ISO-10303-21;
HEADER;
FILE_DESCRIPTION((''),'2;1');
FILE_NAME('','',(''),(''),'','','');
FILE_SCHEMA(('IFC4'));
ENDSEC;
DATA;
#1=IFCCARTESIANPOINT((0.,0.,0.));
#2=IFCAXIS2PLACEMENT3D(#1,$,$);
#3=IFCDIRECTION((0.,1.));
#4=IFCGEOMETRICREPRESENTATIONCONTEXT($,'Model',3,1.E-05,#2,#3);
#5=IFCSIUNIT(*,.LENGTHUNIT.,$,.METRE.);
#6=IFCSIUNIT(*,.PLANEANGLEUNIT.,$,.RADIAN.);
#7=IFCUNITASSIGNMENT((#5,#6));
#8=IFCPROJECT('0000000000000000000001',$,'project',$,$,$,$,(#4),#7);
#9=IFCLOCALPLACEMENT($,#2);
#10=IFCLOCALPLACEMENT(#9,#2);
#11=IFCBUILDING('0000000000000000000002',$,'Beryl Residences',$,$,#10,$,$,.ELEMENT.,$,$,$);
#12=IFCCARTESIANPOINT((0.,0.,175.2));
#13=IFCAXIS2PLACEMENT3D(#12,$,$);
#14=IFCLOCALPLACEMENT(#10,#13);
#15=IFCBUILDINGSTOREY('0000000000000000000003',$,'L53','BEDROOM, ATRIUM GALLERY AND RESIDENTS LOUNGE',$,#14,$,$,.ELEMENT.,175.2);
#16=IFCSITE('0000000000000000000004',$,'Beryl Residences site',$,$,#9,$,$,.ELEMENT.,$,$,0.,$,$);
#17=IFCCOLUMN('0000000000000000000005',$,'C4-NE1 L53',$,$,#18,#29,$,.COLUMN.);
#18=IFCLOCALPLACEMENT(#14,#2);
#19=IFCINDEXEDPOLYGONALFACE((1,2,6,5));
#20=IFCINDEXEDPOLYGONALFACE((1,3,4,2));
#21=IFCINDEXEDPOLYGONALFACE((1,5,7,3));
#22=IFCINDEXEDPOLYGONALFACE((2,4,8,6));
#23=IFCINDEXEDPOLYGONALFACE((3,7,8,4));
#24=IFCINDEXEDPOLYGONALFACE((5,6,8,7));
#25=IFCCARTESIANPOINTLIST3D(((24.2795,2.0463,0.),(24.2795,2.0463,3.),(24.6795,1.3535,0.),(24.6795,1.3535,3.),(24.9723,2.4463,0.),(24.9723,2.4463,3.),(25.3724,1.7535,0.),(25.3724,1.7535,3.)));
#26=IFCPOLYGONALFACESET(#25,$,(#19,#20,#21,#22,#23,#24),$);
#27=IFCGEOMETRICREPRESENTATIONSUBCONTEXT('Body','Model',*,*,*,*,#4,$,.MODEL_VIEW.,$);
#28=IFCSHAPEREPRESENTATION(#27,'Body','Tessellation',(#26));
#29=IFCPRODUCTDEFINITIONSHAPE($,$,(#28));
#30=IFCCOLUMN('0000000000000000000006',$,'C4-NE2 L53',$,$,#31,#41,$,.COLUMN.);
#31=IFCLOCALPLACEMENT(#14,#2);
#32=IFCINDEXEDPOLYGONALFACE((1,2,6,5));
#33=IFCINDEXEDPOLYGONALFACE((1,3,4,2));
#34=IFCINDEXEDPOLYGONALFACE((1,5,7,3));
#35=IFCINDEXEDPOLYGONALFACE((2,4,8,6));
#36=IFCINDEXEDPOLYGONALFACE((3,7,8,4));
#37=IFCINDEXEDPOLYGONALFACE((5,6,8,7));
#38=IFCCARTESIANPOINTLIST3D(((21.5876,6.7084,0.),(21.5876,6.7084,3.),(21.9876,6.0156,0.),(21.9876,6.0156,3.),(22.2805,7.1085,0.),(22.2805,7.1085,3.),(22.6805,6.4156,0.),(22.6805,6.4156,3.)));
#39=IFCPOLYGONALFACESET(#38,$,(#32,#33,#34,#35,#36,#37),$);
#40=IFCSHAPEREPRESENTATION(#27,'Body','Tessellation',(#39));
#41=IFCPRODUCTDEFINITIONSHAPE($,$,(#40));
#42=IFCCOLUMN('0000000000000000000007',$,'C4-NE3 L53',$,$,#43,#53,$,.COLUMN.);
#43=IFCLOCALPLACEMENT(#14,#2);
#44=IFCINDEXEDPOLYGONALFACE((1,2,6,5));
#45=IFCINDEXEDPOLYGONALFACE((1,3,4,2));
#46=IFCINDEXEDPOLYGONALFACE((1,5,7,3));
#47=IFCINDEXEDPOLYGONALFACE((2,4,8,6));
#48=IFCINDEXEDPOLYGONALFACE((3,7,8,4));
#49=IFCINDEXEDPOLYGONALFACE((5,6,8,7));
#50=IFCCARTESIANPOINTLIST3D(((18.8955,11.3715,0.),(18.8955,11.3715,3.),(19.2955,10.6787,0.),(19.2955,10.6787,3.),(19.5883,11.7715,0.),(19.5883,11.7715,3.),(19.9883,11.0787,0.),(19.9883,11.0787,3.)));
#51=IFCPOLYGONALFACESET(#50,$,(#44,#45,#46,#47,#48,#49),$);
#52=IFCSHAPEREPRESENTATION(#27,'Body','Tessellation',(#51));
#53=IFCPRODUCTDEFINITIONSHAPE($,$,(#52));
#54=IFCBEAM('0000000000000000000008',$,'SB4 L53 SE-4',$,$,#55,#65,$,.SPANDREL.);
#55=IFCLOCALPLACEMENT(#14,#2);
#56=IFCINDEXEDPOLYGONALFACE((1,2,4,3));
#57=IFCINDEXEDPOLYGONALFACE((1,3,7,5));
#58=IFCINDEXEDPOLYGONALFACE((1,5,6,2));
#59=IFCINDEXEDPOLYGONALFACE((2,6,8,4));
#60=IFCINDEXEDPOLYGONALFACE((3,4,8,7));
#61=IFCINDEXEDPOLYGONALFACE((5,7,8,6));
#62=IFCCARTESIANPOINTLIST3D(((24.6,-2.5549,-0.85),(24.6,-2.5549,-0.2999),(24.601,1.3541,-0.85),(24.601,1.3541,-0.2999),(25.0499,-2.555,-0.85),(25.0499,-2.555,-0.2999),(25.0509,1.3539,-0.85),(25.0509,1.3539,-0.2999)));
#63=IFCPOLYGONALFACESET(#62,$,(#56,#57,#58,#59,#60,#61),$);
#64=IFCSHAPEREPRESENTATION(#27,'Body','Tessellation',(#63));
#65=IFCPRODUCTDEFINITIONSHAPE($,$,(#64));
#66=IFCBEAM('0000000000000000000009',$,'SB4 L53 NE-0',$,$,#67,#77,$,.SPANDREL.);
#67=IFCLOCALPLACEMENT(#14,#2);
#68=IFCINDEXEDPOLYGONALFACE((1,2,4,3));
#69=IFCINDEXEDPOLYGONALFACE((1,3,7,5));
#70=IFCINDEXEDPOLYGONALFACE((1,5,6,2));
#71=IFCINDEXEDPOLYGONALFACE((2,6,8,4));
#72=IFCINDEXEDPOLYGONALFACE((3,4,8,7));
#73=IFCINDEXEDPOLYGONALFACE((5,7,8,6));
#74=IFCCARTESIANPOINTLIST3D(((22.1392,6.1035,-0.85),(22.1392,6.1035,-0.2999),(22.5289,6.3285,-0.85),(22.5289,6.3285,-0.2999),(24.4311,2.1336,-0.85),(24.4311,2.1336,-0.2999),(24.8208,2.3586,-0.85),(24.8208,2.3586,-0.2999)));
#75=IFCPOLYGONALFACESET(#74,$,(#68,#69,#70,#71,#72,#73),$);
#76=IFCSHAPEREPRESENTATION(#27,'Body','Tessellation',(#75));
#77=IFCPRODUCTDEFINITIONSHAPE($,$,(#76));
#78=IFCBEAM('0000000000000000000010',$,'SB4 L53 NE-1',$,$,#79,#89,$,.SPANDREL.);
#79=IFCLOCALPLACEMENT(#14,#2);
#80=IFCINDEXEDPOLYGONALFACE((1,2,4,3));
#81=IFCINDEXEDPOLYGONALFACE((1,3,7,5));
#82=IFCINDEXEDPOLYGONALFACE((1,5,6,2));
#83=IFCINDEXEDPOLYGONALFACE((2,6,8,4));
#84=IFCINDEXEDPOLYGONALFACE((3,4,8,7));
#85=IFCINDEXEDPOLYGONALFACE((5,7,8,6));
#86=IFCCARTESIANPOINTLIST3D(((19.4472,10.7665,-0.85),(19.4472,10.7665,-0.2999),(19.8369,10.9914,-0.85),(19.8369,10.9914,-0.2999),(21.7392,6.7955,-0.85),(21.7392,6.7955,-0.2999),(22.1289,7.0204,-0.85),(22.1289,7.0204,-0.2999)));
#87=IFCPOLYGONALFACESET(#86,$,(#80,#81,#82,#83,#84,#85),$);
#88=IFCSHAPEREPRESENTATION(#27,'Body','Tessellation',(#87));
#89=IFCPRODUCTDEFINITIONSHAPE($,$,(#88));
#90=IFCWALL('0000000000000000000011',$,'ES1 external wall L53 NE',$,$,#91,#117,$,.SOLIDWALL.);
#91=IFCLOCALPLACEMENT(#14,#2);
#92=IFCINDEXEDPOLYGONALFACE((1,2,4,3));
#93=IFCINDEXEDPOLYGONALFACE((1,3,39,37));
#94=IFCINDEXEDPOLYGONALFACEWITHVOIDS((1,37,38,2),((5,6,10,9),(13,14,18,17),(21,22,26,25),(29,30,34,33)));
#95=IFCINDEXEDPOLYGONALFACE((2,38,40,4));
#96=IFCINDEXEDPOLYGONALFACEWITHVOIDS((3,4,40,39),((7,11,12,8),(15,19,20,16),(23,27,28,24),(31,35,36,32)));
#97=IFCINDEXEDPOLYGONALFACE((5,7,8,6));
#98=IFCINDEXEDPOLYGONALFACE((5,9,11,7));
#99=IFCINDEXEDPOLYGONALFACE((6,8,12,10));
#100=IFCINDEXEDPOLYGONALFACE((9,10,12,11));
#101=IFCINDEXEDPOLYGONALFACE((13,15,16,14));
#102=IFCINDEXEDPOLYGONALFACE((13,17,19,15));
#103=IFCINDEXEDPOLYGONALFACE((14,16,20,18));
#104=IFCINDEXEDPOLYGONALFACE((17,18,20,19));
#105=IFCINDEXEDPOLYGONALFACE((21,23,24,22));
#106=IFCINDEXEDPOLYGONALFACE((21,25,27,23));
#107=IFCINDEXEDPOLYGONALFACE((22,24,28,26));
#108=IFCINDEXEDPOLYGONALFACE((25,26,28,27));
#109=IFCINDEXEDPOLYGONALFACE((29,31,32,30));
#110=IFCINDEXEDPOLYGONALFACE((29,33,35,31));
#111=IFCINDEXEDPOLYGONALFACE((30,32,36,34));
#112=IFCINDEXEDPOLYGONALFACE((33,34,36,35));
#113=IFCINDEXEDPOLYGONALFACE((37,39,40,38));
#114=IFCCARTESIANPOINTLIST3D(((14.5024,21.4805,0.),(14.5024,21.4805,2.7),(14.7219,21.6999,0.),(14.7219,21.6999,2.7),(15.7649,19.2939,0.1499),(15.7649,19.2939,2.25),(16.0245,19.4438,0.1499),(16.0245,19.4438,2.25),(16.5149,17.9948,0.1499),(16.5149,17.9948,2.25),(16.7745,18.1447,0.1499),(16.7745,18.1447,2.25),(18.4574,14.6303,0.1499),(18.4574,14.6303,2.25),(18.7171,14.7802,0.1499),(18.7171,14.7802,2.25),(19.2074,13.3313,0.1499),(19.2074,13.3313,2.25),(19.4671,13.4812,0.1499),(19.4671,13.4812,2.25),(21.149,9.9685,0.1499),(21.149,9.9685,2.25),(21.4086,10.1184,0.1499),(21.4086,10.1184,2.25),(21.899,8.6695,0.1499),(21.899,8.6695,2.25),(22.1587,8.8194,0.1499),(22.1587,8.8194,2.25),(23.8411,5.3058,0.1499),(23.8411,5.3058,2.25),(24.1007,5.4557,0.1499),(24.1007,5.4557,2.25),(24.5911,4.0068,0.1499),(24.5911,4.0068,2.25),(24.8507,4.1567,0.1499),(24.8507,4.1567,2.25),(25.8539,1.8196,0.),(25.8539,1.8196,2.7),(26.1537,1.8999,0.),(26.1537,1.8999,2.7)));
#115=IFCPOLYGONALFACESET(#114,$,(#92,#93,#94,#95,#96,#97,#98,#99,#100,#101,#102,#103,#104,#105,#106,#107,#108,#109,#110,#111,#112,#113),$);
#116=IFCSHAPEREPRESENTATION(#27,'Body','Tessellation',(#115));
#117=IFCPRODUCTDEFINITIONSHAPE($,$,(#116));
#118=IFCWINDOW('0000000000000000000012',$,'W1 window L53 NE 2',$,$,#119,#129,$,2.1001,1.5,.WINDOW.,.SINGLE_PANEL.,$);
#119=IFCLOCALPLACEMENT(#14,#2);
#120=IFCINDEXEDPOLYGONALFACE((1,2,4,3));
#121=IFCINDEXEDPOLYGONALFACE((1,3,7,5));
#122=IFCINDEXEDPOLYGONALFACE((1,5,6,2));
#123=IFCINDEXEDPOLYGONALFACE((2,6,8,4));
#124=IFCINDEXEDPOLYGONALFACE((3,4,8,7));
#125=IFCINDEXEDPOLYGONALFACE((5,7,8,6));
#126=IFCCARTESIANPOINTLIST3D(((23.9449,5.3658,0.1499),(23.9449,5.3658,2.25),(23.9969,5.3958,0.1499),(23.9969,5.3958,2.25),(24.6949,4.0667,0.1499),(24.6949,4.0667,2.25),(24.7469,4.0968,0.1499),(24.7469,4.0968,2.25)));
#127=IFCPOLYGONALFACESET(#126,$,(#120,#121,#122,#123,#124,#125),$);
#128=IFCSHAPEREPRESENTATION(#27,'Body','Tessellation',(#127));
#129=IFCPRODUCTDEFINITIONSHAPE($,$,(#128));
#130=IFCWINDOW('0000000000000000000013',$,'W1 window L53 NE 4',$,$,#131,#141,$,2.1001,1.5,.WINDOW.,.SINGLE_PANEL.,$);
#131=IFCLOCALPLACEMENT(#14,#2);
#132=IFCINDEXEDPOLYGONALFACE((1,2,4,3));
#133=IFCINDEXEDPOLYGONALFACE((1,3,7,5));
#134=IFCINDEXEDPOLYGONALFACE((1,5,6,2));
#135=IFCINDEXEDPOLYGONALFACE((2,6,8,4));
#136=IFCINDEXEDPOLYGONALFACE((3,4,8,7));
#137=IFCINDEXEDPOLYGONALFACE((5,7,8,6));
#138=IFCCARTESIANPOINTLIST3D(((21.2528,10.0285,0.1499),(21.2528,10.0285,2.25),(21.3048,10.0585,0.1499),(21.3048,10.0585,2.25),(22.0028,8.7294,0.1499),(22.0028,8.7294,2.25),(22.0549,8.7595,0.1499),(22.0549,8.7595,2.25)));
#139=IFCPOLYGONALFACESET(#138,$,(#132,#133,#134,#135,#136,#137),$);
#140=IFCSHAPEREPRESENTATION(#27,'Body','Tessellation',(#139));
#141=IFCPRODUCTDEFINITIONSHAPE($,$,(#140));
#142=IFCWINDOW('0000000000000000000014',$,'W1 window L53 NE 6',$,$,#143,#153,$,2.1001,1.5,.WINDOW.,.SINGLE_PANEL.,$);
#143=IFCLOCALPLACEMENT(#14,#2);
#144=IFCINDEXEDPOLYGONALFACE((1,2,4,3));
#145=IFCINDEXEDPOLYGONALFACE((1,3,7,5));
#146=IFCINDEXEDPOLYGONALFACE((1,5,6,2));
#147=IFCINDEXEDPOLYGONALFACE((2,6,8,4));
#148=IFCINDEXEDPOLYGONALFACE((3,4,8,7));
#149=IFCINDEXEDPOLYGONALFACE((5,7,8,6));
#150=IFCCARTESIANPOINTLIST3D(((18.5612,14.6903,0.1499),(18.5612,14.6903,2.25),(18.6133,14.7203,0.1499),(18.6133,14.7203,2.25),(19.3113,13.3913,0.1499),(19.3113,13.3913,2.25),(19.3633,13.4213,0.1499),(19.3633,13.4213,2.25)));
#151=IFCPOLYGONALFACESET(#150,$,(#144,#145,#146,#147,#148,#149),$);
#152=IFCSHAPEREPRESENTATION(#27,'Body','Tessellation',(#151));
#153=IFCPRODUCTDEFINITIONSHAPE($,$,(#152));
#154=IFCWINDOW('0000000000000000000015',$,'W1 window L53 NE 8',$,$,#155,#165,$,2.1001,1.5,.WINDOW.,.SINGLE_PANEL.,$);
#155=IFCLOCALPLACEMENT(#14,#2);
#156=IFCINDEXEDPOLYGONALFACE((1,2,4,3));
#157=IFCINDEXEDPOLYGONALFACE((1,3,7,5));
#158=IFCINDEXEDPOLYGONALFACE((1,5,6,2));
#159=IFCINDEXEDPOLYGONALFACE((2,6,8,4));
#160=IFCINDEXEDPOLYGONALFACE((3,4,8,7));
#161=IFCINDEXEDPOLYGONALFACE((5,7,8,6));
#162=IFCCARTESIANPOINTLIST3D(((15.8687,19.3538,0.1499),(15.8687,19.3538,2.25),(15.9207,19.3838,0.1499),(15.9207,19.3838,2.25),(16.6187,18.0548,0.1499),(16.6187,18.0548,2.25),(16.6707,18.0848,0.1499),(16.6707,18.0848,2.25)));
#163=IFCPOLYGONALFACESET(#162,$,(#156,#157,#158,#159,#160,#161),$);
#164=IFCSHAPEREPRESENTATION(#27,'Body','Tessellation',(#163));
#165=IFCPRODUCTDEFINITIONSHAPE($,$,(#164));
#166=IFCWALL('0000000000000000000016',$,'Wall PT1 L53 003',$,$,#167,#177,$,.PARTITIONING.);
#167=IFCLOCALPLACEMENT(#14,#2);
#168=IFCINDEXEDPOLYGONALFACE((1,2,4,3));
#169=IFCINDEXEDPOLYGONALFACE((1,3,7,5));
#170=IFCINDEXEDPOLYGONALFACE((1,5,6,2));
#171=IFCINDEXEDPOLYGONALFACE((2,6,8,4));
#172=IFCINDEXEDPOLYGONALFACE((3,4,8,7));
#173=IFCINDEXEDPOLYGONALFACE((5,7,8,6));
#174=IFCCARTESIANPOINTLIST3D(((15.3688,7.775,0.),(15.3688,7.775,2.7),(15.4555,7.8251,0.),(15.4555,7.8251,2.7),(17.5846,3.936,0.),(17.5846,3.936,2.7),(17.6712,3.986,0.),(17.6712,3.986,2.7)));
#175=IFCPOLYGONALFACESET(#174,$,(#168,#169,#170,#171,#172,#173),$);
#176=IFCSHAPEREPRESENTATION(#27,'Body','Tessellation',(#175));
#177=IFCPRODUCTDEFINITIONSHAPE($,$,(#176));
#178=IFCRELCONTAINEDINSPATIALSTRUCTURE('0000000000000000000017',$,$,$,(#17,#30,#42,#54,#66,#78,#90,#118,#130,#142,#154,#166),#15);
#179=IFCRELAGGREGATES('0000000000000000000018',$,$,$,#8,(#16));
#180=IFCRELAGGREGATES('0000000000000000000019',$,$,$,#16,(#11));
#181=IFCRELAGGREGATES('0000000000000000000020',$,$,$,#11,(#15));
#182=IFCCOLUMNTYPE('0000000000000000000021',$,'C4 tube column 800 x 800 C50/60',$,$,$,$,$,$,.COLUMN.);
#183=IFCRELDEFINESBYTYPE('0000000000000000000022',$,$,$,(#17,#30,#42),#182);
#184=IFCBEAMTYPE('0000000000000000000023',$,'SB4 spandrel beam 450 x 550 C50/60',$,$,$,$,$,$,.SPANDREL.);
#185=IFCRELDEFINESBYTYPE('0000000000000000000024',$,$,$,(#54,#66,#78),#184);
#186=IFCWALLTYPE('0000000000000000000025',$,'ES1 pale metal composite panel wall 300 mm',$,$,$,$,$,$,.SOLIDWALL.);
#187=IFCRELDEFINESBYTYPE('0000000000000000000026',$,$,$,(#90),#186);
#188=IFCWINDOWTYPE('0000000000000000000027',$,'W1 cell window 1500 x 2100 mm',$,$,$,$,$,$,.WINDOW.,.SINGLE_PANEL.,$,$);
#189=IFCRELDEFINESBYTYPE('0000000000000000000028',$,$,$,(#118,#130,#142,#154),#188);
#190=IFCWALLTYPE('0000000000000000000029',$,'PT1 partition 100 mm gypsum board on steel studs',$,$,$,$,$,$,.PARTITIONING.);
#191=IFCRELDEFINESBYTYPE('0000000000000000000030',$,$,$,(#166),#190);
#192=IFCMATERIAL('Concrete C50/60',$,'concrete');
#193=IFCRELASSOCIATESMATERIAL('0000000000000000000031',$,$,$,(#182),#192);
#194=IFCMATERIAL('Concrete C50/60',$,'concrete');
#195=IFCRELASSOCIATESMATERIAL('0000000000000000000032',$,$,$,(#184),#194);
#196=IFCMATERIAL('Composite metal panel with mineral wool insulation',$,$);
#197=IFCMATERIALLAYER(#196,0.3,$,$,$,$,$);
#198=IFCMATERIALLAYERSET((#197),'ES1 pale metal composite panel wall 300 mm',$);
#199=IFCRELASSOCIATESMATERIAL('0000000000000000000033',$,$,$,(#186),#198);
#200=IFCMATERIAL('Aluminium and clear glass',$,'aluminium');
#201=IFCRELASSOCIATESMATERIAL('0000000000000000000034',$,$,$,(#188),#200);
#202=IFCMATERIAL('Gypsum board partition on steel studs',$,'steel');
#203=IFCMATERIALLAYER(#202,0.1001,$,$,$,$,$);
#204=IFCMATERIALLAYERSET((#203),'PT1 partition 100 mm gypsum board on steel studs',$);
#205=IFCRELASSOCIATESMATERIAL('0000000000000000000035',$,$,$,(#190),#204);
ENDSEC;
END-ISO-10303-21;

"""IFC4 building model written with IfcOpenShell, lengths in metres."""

from ifc_helpers import new_model, si_unit, direction, frame, frame_2d, origin, origin_2d, place, context, subcontext, project, spatial, polyline, rectangle, outline, extrude, material, layer, layer_set, material_profile, profile_set, type_object, element, fill, save


model = new_model("IFC4")

# Units and contexts
model_context = context("Model", 3, precision=1e-05, world=origin(), true_north=direction((0.0, 1.0)))
body_context = subcontext(model_context, "Body", "Model", "MODEL_VIEW")
ifc_project = project(units=[si_unit("LENGTHUNIT", "METRE"), si_unit("PLANEANGLEUNIT", "RADIAN")], contexts=[model_context])

# Site, building, storey
site_placement = place(None, origin())
site = spatial("IfcSite", under=ifc_project, at=site_placement, Name="Beryl Residences site", CompositionType="ELEMENT", RefElevation=0.0)
building_placement = place(site_placement, origin())
building = spatial("IfcBuilding", under=site, at=building_placement, Name="Beryl Residences", CompositionType="ELEMENT")
storey_placement = place(building_placement, frame((0.0, 0.0, 175.2)))
storey = spatial("IfcBuildingStorey", under=building, at=storey_placement, Name="L53", Description="BEDROOM, ATRIUM GALLERY AND RESIDENTS LOUNGE", CompositionType="ELEMENT", Elevation=175.2)

# Columns
ifc_material_1 = material(Name="Concrete C50/60", Category="concrete")
ifc_material_profile_1 = material_profile(ifc_material_1, rectangle(XDim=0.8, YDim=0.8, at=origin_2d()))
ifc_profile_set_1 = profile_set([ifc_material_profile_1], Name="Concrete C50/60")
column_type = type_object("IfcColumnType", Name="C4 tube column 800 x 800 C50/60", PredefinedType="COLUMN", material=ifc_profile_set_1)
for number, where, z_axis, x_axis, name in (
    (1, (24.8259, 1.8999, 0.0), (0.0, 0.0, 1.0), (-0.5, 0.866025, 0.0), "C4-NE1 L53"),
    (2, (22.134, 6.562, 0.0), (0.0, 0.0, 1.0), (-0.5, 0.866025, 0.0), "C4-NE2 L53"),
    (3, (19.4419, 11.2251, 0.0), (0.0, 0.0, 1.0), (-0.5, 0.866025, 0.0), "C4-NE3 L53"),
):
    element("IfcColumn", number, at=place(storey_placement, frame(where, z_axis=z_axis, x_axis=x_axis)), inside=storey, type_object=column_type, Name=name, PredefinedType="COLUMN", context=body_context, shape_type="SweptSolid", body=[
        extrude(rectangle(XDim=0.8, YDim=0.8, at=origin_2d()), origin(), (0.0, 0.0, 1.0), 3.0),
    ])

# Beams
ifc_material_2 = material(Name="Concrete C50/60", Category="concrete")
ifc_material_profile_2 = material_profile(ifc_material_2, rectangle(XDim=0.45, YDim=0.55, at=origin_2d()))
ifc_profile_set_2 = profile_set([ifc_material_profile_2], Name="Concrete C50/60")
beam_type = type_object("IfcBeamType", Name="SB4 spandrel beam 450 x 550 C50/60", PredefinedType="SPANDREL", material=ifc_profile_set_2)
beam_1_placement = place(storey_placement, frame((24.825, -2.5549, -0.575), z_axis=(0.00025, 1.0, 0.0), x_axis=(-1.0, 0.00025, 0.0)))
element("IfcBeam", 4, at=beam_1_placement, inside=storey, type_object=beam_type, Name="SB4 L53 SE-4", PredefinedType="SPANDREL", context=body_context, shape_type="SweptSolid", body=[
    extrude(rectangle(XDim=0.45, YDim=0.55, at=origin_2d()), origin(), (0.0, 0.0, 1.0), 3.9089),
])
beam_2_placement = place(storey_placement, frame((24.626, 2.2461, -0.575), z_axis=(-0.499988, 0.866032, 0.0), x_axis=(-0.866032, -0.499988, 0.0)))
element("IfcBeam", 5, at=beam_2_placement, inside=storey, type_object=beam_type, Name="SB4 L53 NE-0", PredefinedType="SPANDREL", context=body_context, shape_type="SweptSolid", body=[
    extrude(rectangle(XDim=0.45, YDim=0.55, at=origin_2d()), origin(), (0.0, 0.0, 1.0), 4.584),
])
beam_3_placement = place(storey_placement, frame((21.9341, 6.908, -0.575), z_axis=(-0.499896, 0.866085, 0.0), x_axis=(-0.866085, -0.499896, 0.0)))
element("IfcBeam", 6, at=beam_3_placement, inside=storey, type_object=beam_type, Name="SB4 L53 NE-1", PredefinedType="SPANDREL", context=body_context, shape_type="SweptSolid", body=[
    extrude(rectangle(XDim=0.45, YDim=0.55, at=origin_2d()), origin(), (0.0, 0.0, 1.0), 4.585),
])

# Wall, openings, windows
ifc_material_3 = material(Name="Composite metal panel with mineral wool insulation")
ifc_layer_1 = layer(ifc_material_3, 0.3)
ifc_layer_set_1 = layer_set([ifc_layer_1], Name="ES1 pale metal composite panel wall 300 mm")
wall_type_1 = type_object("IfcWallType", Name="ES1 pale metal composite panel wall 300 mm", PredefinedType="SOLIDWALL", material=ifc_layer_set_1)
wall_1_placement = place(storey_placement, frame((26.0239, 1.825, 0.0), z_axis=(0.0, 0.0, 1.0), x_axis=(-0.500011, 0.866019, 0.0)))
wall_1 = element("IfcWall", 7, at=wall_1_placement, inside=storey, type_object=wall_type_1, Name="ES1 external wall L53 NE", PredefinedType="SOLIDWALL", context=body_context, shape_type="SweptSolid", body=[
    extrude(outline(polyline([(0.0, -0.1499), (22.8633, -0.1499), (22.783, 0.1499), (0.0803, 0.1499), (0.0, -0.1499)])), origin(), (0.0, 0.0, 1.0), 2.7),
])
opening_1_placement = place(wall_1_placement, frame((2.606, 0.0, 0.1499)))
opening_1 = element("IfcOpeningElement", 8, at=opening_1_placement, cuts=wall_1, PredefinedType="OPENING", context=body_context, shape_type="SweptSolid", body=[
    extrude(rectangle(XDim=1.5, YDim=2.1001, at=frame_2d((0.75, 1.05))), frame((0.0, 0.1599, 0.0), z_axis=(0.0, -1.0, 0.0), x_axis=(1.0, 0.0, 0.0)), (0.0, 0.0, 1.0), 0.3201),
])
opening_2_placement = place(wall_1_placement, frame((7.99, 0.0, 0.1499)))
opening_2 = element("IfcOpeningElement", 9, at=opening_2_placement, cuts=wall_1, PredefinedType="OPENING", context=body_context, shape_type="SweptSolid", body=[
    extrude(rectangle(XDim=1.5, YDim=2.1001, at=frame_2d((0.75, 1.05))), frame((0.0, 0.1599, 0.0), z_axis=(0.0, -1.0, 0.0), x_axis=(1.0, 0.0, 0.0)), (0.0, 0.0, 1.0), 0.3201),
])
opening_3_placement = place(wall_1_placement, frame((13.373, 0.0, 0.1499)))
opening_3 = element("IfcOpeningElement", 10, at=opening_3_placement, cuts=wall_1, PredefinedType="OPENING", context=body_context, shape_type="SweptSolid", body=[
    extrude(rectangle(XDim=1.5, YDim=2.1001, at=frame_2d((0.75, 1.05))), frame((0.0, 0.1599, 0.0), z_axis=(0.0, -1.0, 0.0), x_axis=(1.0, 0.0, 0.0)), (0.0, 0.0, 1.0), 0.3201),
])
opening_4_placement = place(wall_1_placement, frame((18.7581, 0.0, 0.1499)))
opening_4 = element("IfcOpeningElement", 11, at=opening_4_placement, cuts=wall_1, PredefinedType="OPENING", context=body_context, shape_type="SweptSolid", body=[
    extrude(rectangle(XDim=1.5, YDim=2.1001, at=frame_2d((0.75, 1.05))), frame((0.0, 0.1599, 0.0), z_axis=(0.0, -1.0, 0.0), x_axis=(1.0, 0.0, 0.0)), (0.0, 0.0, 1.0), 0.3201),
])
ifc_material_4 = material(Name="Aluminium and clear glass", Category="aluminium")
window_type = type_object("IfcWindowType", Name="W1 cell window 1500 x 2100 mm", PartitioningType="SINGLE_PANEL", PredefinedType="WINDOW", material=ifc_material_4)
window_1_placement = place(opening_1_placement, origin())
window_1 = element("IfcWindow", 12, at=window_1_placement, inside=storey, type_object=window_type, Name="W1 window L53 NE 2", OverallHeight=2.1001, OverallWidth=1.5, PartitioningType="SINGLE_PANEL", PredefinedType="WINDOW", context=body_context, shape_type="SweptSolid", body=[
    extrude(rectangle(XDim=1.5, YDim=2.1001, at=frame_2d((0.75, 1.05))), frame((0.0, 0.03, 0.0), z_axis=(0.0, -1.0, 0.0), x_axis=(1.0, 0.0, 0.0)), (0.0, 0.0, 1.0), 0.0601),
])
fill(opening_1, window_1)
window_2_placement = place(opening_2_placement, origin())
window_2 = element("IfcWindow", 13, at=window_2_placement, inside=storey, type_object=window_type, Name="W1 window L53 NE 4", OverallHeight=2.1001, OverallWidth=1.5, PartitioningType="SINGLE_PANEL", PredefinedType="WINDOW", context=body_context, shape_type="SweptSolid", body=[
    extrude(rectangle(XDim=1.5, YDim=2.1001, at=frame_2d((0.75, 1.05))), frame((0.0, 0.03, 0.0), z_axis=(0.0, -1.0, 0.0), x_axis=(1.0, 0.0, 0.0)), (0.0, 0.0, 1.0), 0.0601),
])
fill(opening_2, window_2)
window_3_placement = place(opening_3_placement, origin())
window_3 = element("IfcWindow", 14, at=window_3_placement, inside=storey, type_object=window_type, Name="W1 window L53 NE 6", OverallHeight=2.1001, OverallWidth=1.5, PartitioningType="SINGLE_PANEL", PredefinedType="WINDOW", context=body_context, shape_type="SweptSolid", body=[
    extrude(rectangle(XDim=1.5, YDim=2.1001, at=frame_2d((0.75, 1.05))), frame((0.0, 0.03, 0.0), z_axis=(0.0, -1.0, 0.0), x_axis=(1.0, 0.0, 0.0)), (0.0, 0.0, 1.0), 0.0601),
])
fill(opening_3, window_3)
window_4_placement = place(opening_4_placement, origin())
window_4 = element("IfcWindow", 15, at=window_4_placement, inside=storey, type_object=window_type, Name="W1 window L53 NE 8", OverallHeight=2.1001, OverallWidth=1.5, PartitioningType="SINGLE_PANEL", PredefinedType="WINDOW", context=body_context, shape_type="SweptSolid", body=[
    extrude(rectangle(XDim=1.5, YDim=2.1001, at=frame_2d((0.75, 1.05))), frame((0.0, 0.03, 0.0), z_axis=(0.0, -1.0, 0.0), x_axis=(1.0, 0.0, 0.0)), (0.0, 0.0, 1.0), 0.0601),
])
fill(opening_4, window_4)

# Wall
ifc_material_5 = material(Name="Gypsum board partition on steel studs", Category="steel")
ifc_layer_2 = layer(ifc_material_5, 0.1001)
ifc_layer_set_2 = layer_set([ifc_layer_2], Name="PT1 partition 100 mm gypsum board on steel studs")
wall_type_2 = type_object("IfcWallType", Name="PT1 partition 100 mm gypsum board on steel studs", PredefinedType="PARTITIONING", material=ifc_layer_set_2)
wall_2_placement = place(storey_placement, frame((15.4121, 7.8, 0.0), z_axis=(0.0, 0.0, 1.0), x_axis=(0.499883, -0.866093, 0.0)))
element("IfcWall", 16, at=wall_2_placement, inside=storey, type_object=wall_type_2, Name="Wall PT1 L53 003", PredefinedType="PARTITIONING", context=body_context, shape_type="SweptSolid", body=[
    extrude(rectangle(XDim=4.4326, YDim=0.1001, at=frame_2d((2.2163, 0.0))), origin(), (0.0, 0.0, 1.0), 2.7),
])

save(model, "model.ifc")
